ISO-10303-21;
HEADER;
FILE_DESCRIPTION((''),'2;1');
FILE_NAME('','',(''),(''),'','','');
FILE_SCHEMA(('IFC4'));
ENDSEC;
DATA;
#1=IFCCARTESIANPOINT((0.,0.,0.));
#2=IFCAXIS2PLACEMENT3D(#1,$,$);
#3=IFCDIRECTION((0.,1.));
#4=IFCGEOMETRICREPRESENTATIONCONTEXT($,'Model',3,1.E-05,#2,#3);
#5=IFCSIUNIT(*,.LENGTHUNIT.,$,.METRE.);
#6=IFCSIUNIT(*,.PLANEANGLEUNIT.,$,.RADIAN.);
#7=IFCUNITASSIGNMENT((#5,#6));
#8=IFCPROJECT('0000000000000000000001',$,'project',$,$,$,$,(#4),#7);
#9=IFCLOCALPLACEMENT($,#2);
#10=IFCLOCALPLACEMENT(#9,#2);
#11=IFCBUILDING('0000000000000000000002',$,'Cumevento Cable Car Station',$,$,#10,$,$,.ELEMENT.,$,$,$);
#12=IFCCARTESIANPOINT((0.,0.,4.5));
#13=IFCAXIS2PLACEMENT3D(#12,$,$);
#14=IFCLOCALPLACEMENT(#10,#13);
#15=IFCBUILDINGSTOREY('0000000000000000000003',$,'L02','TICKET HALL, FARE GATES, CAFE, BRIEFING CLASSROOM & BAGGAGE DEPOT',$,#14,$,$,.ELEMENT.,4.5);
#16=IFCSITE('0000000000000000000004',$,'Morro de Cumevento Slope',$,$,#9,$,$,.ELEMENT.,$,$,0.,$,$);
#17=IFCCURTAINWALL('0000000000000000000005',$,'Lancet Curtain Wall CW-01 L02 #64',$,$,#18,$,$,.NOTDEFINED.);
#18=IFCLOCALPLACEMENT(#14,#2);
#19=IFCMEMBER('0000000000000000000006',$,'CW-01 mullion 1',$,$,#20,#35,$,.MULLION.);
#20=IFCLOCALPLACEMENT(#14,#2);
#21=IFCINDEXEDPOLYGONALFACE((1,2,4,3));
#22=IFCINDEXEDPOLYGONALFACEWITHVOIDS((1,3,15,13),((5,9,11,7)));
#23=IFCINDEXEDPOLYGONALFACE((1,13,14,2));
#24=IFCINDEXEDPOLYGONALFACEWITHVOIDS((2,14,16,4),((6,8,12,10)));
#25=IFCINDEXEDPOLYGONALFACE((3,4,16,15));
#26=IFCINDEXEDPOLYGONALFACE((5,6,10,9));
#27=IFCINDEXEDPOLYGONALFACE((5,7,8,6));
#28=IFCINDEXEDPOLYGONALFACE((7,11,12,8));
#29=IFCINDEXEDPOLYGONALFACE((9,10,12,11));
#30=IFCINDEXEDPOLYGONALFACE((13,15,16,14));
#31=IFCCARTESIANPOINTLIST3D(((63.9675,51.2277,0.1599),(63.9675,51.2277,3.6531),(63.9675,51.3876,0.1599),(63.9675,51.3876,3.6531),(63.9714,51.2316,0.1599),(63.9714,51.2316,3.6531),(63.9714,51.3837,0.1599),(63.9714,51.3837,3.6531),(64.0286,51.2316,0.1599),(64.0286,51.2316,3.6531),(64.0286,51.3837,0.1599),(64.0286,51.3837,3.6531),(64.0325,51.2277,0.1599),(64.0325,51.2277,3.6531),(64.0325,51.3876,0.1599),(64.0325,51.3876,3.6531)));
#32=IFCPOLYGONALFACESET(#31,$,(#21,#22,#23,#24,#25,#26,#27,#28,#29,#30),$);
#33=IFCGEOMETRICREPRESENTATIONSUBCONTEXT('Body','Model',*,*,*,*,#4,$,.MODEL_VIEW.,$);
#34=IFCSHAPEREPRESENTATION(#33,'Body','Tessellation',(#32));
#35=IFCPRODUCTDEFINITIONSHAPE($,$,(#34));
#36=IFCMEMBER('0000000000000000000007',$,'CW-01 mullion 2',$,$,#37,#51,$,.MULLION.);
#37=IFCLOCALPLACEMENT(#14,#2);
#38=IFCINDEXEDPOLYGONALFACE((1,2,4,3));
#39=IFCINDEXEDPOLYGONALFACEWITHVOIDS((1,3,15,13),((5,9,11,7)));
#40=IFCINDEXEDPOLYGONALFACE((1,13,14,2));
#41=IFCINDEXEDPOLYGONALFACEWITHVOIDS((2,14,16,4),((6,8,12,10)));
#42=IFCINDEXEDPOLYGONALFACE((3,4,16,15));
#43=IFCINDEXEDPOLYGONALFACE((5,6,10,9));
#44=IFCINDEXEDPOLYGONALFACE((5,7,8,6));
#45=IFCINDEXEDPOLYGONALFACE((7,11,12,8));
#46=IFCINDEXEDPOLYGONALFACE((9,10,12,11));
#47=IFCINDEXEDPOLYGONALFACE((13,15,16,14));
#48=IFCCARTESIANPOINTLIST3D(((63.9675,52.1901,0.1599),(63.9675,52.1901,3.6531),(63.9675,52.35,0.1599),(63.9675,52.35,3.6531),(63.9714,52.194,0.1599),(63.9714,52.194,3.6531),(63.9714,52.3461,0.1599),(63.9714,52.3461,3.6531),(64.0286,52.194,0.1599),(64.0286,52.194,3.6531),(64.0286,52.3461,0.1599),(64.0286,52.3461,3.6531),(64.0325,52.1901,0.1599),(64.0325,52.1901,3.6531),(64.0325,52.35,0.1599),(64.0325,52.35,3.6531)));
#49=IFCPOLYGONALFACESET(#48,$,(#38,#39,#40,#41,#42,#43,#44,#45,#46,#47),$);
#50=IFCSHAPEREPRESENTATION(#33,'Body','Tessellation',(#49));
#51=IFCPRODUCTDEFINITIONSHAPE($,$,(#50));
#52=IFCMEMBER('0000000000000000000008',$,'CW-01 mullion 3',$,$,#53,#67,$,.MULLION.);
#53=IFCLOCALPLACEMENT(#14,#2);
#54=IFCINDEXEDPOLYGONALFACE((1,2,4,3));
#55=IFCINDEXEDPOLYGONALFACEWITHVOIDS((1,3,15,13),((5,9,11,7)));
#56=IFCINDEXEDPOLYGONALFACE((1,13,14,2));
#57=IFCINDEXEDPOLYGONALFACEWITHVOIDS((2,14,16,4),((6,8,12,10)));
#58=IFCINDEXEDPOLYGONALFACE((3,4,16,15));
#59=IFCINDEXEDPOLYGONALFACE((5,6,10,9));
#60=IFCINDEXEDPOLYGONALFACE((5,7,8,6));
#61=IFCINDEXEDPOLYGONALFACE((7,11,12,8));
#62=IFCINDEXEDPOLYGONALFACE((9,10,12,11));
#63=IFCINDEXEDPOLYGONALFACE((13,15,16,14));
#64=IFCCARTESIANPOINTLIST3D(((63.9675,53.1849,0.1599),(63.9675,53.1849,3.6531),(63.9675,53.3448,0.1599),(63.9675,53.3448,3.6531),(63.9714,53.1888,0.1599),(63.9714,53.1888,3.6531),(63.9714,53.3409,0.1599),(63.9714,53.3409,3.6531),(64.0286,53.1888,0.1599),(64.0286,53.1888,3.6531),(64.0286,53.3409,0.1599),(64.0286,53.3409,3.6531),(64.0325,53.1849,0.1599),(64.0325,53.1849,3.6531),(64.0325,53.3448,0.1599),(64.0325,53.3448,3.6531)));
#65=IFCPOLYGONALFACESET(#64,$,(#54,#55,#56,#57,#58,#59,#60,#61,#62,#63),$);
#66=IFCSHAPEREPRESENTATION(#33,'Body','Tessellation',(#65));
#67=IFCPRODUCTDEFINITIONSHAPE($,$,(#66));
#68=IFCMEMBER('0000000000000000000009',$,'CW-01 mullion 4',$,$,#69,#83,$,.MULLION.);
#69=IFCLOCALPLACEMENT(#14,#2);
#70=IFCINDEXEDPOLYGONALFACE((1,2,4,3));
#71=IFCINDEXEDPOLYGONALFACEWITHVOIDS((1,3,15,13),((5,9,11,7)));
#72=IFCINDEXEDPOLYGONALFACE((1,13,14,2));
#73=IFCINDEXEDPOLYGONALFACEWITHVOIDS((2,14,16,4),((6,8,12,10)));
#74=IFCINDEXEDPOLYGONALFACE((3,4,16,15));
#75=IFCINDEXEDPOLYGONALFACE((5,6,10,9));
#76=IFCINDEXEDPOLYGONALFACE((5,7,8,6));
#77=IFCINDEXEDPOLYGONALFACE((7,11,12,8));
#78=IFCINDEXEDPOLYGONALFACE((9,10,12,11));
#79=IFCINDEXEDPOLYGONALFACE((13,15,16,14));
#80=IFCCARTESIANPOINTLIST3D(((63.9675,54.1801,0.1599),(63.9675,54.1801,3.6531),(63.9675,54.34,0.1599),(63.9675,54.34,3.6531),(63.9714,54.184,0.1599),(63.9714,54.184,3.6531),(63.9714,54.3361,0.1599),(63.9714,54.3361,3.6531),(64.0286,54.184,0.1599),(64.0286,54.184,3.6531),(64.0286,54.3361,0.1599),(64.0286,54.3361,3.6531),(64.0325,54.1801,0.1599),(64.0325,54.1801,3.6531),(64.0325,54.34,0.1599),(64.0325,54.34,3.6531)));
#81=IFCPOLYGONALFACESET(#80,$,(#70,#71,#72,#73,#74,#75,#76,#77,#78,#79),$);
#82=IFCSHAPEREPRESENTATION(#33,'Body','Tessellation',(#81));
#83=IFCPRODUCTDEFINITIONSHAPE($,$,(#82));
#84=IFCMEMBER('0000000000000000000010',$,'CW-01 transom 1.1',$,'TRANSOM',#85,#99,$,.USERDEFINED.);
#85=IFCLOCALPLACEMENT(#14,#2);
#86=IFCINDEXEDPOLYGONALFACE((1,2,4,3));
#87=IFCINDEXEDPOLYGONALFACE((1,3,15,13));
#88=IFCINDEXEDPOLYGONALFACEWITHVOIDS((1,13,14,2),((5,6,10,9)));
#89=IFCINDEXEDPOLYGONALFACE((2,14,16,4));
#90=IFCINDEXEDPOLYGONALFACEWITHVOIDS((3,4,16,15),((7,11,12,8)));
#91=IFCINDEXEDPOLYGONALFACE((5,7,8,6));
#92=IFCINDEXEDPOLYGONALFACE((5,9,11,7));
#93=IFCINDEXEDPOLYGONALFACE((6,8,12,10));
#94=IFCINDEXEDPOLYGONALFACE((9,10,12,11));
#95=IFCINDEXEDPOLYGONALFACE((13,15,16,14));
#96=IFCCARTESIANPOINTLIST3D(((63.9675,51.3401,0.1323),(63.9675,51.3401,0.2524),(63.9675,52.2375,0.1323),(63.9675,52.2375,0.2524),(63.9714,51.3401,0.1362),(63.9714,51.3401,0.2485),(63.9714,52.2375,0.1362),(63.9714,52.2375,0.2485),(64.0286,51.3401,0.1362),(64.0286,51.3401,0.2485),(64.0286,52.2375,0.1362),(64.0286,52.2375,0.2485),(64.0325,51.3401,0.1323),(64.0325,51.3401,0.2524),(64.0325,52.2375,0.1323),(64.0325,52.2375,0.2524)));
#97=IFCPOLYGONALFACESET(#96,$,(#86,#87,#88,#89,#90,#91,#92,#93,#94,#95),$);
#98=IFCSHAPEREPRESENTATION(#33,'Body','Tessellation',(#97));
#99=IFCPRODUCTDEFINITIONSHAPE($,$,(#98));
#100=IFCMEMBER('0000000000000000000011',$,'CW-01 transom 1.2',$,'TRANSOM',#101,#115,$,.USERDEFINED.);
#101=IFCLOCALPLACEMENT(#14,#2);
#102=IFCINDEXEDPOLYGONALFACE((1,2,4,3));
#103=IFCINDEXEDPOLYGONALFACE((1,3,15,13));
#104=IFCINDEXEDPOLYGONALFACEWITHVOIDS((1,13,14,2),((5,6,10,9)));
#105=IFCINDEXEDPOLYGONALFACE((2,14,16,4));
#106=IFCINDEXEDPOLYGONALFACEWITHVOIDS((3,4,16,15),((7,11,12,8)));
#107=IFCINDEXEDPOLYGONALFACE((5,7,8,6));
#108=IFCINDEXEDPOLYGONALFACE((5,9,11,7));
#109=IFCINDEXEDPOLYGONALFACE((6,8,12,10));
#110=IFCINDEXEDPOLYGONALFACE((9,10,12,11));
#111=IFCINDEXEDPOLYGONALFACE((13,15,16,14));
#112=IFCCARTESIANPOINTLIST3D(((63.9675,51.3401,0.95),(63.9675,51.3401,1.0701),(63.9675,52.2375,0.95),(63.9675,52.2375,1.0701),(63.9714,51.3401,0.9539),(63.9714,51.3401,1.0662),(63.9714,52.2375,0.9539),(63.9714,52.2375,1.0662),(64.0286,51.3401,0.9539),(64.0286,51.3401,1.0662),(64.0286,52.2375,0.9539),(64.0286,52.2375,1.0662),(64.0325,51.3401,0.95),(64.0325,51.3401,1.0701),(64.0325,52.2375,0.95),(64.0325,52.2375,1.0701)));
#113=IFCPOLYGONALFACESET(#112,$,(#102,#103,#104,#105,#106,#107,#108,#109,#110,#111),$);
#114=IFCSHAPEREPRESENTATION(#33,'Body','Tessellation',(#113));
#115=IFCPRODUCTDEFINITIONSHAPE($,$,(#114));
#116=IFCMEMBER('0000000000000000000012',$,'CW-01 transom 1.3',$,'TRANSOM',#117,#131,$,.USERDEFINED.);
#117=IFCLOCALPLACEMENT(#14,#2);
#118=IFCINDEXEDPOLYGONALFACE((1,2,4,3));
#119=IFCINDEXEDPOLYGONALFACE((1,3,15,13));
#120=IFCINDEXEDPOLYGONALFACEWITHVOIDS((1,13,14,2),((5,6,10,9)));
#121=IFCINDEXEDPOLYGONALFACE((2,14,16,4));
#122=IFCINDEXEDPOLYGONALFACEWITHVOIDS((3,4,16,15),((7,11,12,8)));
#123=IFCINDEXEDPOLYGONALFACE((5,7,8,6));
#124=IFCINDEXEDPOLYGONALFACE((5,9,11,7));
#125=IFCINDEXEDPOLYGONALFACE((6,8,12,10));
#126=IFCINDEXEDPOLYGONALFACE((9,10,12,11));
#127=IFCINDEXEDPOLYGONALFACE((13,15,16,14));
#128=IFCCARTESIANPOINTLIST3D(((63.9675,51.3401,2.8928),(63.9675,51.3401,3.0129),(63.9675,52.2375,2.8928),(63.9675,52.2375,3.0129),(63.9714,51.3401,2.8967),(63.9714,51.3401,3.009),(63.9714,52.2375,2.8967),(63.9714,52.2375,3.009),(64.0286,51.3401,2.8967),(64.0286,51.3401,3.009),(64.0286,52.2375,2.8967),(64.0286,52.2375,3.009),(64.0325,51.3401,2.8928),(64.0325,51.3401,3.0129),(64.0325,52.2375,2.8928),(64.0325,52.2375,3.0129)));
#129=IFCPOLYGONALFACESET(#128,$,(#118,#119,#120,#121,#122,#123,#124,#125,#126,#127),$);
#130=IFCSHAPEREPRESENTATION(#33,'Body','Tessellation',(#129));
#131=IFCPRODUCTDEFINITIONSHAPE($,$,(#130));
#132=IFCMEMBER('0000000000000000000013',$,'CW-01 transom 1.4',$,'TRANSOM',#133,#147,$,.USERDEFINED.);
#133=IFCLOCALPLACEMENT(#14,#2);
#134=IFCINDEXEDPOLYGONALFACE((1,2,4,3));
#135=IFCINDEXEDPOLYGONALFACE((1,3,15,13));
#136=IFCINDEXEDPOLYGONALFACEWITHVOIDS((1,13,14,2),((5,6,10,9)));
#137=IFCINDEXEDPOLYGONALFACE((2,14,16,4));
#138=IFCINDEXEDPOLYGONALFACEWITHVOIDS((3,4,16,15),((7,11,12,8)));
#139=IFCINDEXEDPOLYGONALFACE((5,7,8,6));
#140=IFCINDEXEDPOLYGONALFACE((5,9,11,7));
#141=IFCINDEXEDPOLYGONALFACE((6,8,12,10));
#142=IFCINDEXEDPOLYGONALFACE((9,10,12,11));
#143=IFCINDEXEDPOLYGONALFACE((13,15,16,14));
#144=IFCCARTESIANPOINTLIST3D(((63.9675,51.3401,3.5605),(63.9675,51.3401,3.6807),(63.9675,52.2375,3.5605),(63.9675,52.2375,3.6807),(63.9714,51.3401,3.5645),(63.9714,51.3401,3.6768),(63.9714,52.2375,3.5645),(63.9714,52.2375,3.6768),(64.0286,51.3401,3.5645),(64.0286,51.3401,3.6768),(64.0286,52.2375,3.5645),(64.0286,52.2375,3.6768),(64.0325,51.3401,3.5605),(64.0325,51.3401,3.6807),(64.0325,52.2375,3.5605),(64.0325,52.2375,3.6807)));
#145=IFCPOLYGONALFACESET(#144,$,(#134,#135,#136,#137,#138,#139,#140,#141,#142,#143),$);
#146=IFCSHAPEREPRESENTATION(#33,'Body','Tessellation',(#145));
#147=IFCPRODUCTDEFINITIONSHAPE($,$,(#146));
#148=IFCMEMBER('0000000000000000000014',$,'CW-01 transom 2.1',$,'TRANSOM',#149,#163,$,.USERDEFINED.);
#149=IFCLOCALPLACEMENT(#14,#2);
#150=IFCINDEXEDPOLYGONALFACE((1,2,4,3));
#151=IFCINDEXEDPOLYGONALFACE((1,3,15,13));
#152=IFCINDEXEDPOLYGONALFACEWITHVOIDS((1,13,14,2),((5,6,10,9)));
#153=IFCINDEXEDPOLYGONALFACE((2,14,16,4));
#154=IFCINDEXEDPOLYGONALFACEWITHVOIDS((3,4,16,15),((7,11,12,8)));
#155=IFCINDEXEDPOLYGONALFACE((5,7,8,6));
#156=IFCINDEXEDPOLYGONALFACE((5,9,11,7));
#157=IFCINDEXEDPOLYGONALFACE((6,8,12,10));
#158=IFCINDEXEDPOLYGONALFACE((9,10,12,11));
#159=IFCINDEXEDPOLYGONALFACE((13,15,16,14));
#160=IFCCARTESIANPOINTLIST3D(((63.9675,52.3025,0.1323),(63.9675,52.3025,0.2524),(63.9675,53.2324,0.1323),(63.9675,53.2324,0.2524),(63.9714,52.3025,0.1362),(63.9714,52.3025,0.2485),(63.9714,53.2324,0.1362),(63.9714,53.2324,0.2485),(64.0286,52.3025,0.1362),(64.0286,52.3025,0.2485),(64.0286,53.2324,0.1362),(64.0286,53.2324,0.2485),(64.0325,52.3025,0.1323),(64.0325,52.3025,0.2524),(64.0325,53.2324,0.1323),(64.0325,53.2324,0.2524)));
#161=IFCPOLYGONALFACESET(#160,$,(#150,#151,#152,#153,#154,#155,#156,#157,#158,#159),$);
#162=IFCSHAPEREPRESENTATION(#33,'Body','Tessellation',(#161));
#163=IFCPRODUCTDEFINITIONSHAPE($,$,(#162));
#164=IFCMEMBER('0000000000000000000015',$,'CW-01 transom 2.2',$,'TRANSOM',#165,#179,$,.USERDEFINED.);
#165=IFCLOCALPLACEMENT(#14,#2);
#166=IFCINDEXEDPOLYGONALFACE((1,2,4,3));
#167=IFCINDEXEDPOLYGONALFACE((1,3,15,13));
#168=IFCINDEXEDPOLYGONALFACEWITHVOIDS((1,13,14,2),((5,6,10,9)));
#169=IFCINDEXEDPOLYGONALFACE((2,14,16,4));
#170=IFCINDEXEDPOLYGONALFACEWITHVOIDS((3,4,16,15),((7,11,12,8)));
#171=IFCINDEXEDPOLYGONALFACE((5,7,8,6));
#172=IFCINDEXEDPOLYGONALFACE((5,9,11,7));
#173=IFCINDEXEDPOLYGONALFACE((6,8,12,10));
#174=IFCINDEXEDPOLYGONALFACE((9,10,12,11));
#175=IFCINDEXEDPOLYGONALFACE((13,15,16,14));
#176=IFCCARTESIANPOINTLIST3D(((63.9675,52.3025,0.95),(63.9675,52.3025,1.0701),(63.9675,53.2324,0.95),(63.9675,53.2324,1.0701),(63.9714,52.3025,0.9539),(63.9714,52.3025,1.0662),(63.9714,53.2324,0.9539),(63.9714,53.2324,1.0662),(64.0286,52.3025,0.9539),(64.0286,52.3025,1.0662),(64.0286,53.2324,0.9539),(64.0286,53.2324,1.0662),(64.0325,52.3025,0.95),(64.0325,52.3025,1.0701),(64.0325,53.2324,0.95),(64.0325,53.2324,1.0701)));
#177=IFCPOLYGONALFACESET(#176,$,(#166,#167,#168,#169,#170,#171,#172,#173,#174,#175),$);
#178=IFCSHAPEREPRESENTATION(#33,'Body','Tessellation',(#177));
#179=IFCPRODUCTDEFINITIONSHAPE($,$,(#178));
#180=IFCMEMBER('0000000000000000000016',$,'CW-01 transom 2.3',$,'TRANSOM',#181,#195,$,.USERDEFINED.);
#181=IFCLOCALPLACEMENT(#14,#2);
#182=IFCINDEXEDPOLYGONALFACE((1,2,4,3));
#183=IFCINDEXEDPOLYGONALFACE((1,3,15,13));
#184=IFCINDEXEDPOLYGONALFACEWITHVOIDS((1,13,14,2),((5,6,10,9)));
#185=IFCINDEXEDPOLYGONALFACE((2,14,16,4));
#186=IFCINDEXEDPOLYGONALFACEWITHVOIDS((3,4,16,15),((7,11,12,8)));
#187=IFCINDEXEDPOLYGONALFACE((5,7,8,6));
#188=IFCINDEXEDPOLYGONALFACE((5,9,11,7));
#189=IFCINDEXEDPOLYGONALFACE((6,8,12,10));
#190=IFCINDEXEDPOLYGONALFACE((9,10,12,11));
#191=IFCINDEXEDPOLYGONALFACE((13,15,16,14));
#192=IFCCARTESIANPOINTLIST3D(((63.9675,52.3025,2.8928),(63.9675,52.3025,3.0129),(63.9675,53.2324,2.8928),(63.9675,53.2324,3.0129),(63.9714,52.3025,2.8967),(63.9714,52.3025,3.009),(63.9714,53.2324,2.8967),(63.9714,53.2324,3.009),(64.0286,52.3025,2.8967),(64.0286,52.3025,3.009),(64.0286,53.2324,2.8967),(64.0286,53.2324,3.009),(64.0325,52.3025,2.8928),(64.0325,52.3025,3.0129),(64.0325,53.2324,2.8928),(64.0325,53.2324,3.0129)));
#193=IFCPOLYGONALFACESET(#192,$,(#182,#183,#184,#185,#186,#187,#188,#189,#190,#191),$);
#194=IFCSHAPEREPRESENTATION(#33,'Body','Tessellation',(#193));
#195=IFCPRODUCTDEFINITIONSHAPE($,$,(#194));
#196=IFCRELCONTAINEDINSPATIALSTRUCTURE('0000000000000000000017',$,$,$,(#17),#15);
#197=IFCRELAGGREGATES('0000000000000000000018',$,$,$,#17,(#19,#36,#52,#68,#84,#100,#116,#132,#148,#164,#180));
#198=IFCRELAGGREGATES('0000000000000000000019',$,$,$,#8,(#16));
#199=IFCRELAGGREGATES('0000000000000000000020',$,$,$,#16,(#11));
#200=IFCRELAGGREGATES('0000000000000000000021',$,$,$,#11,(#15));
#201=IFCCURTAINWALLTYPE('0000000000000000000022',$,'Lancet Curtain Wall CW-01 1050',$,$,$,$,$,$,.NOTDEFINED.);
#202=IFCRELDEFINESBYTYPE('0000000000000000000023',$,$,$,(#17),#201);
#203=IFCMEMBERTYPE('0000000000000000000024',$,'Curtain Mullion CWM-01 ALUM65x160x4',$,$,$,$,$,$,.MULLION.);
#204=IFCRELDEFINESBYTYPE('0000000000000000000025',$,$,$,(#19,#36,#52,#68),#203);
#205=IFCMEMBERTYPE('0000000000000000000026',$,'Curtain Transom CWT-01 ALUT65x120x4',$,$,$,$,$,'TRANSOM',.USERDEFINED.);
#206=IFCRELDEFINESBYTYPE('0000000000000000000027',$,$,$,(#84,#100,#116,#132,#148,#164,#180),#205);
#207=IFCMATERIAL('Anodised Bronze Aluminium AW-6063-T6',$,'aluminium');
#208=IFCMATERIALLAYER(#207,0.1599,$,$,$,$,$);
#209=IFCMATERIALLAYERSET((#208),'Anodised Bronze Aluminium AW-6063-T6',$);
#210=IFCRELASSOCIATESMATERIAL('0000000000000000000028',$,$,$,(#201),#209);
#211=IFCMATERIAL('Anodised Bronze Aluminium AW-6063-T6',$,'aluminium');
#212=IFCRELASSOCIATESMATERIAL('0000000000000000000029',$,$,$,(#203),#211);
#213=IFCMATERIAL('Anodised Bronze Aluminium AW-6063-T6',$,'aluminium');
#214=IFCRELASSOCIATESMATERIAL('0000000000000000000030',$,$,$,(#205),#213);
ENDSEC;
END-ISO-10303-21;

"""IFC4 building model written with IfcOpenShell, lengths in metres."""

from ifc_helpers import new_model, si_unit, direction, frame, origin, origin_2d, place, context, subcontext, project, spatial, hollow_rectangle, extrude, material, layer, layer_set, material_profile, profile_set, type_object, element, aggregate, save


model = new_model("IFC4")

# Units and contexts
model_context = context("Model", 3, precision=1e-05, world=origin(), true_north=direction((0.0, 1.0)))
body_context = subcontext(model_context, "Body", "Model", "MODEL_VIEW")
ifc_project = project(units=[si_unit("LENGTHUNIT", "METRE"), si_unit("PLANEANGLEUNIT", "RADIAN")], contexts=[model_context])

# Site, building, storey
site_placement = place(None, origin())
site = spatial("IfcSite", under=ifc_project, at=site_placement, Name="Morro de Cumevento Slope", CompositionType="ELEMENT", RefElevation=0.0)
building_placement = place(site_placement, origin())
building = spatial("IfcBuilding", under=site, at=building_placement, Name="Cumevento Cable Car Station", CompositionType="ELEMENT")
storey_placement = place(building_placement, frame((0.0, 0.0, 4.5)))
storey = spatial("IfcBuildingStorey", under=building, at=storey_placement, Name="L02", Description="TICKET HALL, FARE GATES, CAFE, BRIEFING CLASSROOM & BAGGAGE DEPOT", CompositionType="ELEMENT", Elevation=4.5)

# Curtain wall, members
ifc_material_1 = material(Name="Anodised Bronze Aluminium AW-6063-T6", Category="aluminium")
ifc_layer_1 = layer(ifc_material_1, 0.1599)
ifc_layer_set_1 = layer_set([ifc_layer_1], Name="Anodised Bronze Aluminium AW-6063-T6")
curtain_wall_type = type_object("IfcCurtainWallType", Name="Lancet Curtain Wall CW-01 1050", PredefinedType="NOTDEFINED", material=ifc_layer_set_1)
curtain_wall_placement = place(storey_placement, origin())
curtain_wall = element("IfcCurtainWall", 1, at=curtain_wall_placement, inside=storey, type_object=curtain_wall_type, Name="Lancet Curtain Wall CW-01 L02 #64", PredefinedType="NOTDEFINED")
ifc_material_2 = material(Name="Anodised Bronze Aluminium AW-6063-T6", Category="aluminium")
ifc_material_profile_1 = material_profile(ifc_material_2, hollow_rectangle(XDim=0.0649, YDim=0.1599, WallThickness=0.0039, at=origin_2d()), Name="ALUM65x160x4")
ifc_profile_set_1 = profile_set([ifc_material_profile_1], Name="Anodised Bronze Aluminium AW-6063-T6")
member_type_1 = type_object("IfcMemberType", Name="Curtain Mullion CWM-01 ALUM65x160x4", PredefinedType="MULLION", material=ifc_profile_set_1)
member_1_placement = place(storey_placement, frame((64.0, 51.3076, 0.1599), z_axis=(0.0, 0.0, 1.0), x_axis=(-1.0, 0.0, 0.0)))
member_1 = element("IfcMember", 2, at=member_1_placement, type_object=member_type_1, Name="CW-01 mullion 1", PredefinedType="MULLION", context=body_context, shape_type="SweptSolid", body=[
    extrude(hollow_rectangle(XDim=0.0649, YDim=0.1599, WallThickness=0.0039, at=origin_2d()), origin(), (0.0, 0.0, 1.0), 3.4932),
])
member_2_placement = place(storey_placement, frame((64.0, 52.27, 0.1599), z_axis=(0.0, 0.0, 1.0), x_axis=(-1.0, 0.0, 0.0)))
member_2 = element("IfcMember", 3, at=member_2_placement, type_object=member_type_1, Name="CW-01 mullion 2", PredefinedType="MULLION", context=body_context, shape_type="SweptSolid", body=[
    extrude(hollow_rectangle(XDim=0.0649, YDim=0.1599, WallThickness=0.0039, at=origin_2d()), origin(), (0.0, 0.0, 1.0), 3.4932),
])
member_3_placement = place(storey_placement, frame((64.0, 53.2649, 0.1599), z_axis=(0.0, 0.0, 1.0), x_axis=(-1.0, 0.0, 0.0)))
member_3 = element("IfcMember", 4, at=member_3_placement, type_object=member_type_1, Name="CW-01 mullion 3", PredefinedType="MULLION", context=body_context, shape_type="SweptSolid", body=[
    extrude(hollow_rectangle(XDim=0.0649, YDim=0.1599, WallThickness=0.0039, at=origin_2d()), origin(), (0.0, 0.0, 1.0), 3.4932),
])
member_4_placement = place(storey_placement, frame((64.0, 54.26, 0.1599), z_axis=(0.0, 0.0, 1.0), x_axis=(-1.0, 0.0, 0.0)))
member_4 = element("IfcMember", 5, at=member_4_placement, type_object=member_type_1, Name="CW-01 mullion 4", PredefinedType="MULLION", context=body_context, shape_type="SweptSolid", body=[
    extrude(hollow_rectangle(XDim=0.0649, YDim=0.1599, WallThickness=0.0039, at=origin_2d()), origin(), (0.0, 0.0, 1.0), 3.4932),
])
ifc_material_3 = material(Name="Anodised Bronze Aluminium AW-6063-T6", Category="aluminium")
ifc_material_profile_2 = material_profile(ifc_material_3, hollow_rectangle(XDim=0.0649, YDim=0.1201, WallThickness=0.0039, at=origin_2d()), Name="ALUT65x120x4")
ifc_profile_set_2 = profile_set([ifc_material_profile_2], Name="Anodised Bronze Aluminium AW-6063-T6")
member_type_2 = type_object("IfcMemberType", Name="Curtain Transom CWT-01 ALUT65x120x4", ElementType="TRANSOM", PredefinedType="USERDEFINED", material=ifc_profile_set_2)
member_5_placement = place(storey_placement, frame((64.0, 51.3401, 0.1924), z_axis=(0.0, 1.0, 0.0), x_axis=(-1.0, 0.0, 0.0)))
member_5 = element("IfcMember", 6, at=member_5_placement, type_object=member_type_2, Name="CW-01 transom 1.1", ObjectType="TRANSOM", PredefinedType="USERDEFINED", context=body_context, shape_type="SweptSolid", body=[
    extrude(hollow_rectangle(XDim=0.0649, YDim=0.1201, WallThickness=0.0039, at=origin_2d()), origin(), (0.0, 0.0, 1.0), 0.8975),
])
member_6_placement = place(storey_placement, frame((64.0, 51.3401, 1.01), z_axis=(0.0, 1.0, 0.0), x_axis=(-1.0, 0.0, 0.0)))
member_6 = element("IfcMember", 7, at=member_6_placement, type_object=member_type_2, Name="CW-01 transom 1.2", ObjectType="TRANSOM", PredefinedType="USERDEFINED", context=body_context, shape_type="SweptSolid", body=[
    extrude(hollow_rectangle(XDim=0.0649, YDim=0.1201, WallThickness=0.0039, at=origin_2d()), origin(), (0.0, 0.0, 1.0), 0.8975),
])
member_7_placement = place(storey_placement, frame((64.0, 51.3401, 2.9529), z_axis=(0.0, 1.0, 0.0), x_axis=(-1.0, 0.0, 0.0)))
member_7 = element("IfcMember", 8, at=member_7_placement, type_object=member_type_2, Name="CW-01 transom 1.3", ObjectType="TRANSOM", PredefinedType="USERDEFINED", context=body_context, shape_type="SweptSolid", body=[
    extrude(hollow_rectangle(XDim=0.0649, YDim=0.1201, WallThickness=0.0039, at=origin_2d()), origin(), (0.0, 0.0, 1.0), 0.8975),
])
member_8_placement = place(storey_placement, frame((64.0, 51.3401, 3.6206), z_axis=(0.0, 1.0, 0.0), x_axis=(-1.0, 0.0, 0.0)))
member_8 = element("IfcMember", 9, at=member_8_placement, type_object=member_type_2, Name="CW-01 transom 1.4", ObjectType="TRANSOM", PredefinedType="USERDEFINED", context=body_context, shape_type="SweptSolid", body=[
    extrude(hollow_rectangle(XDim=0.0649, YDim=0.1201, WallThickness=0.0039, at=origin_2d()), origin(), (0.0, 0.0, 1.0), 0.8975),
])
member_9_placement = place(storey_placement, frame((64.0, 52.3025, 0.1924), z_axis=(0.0, 1.0, 0.0), x_axis=(-1.0, 0.0, 0.0)))
member_9 = element("IfcMember", 10, at=member_9_placement, type_object=member_type_2, Name="CW-01 transom 2.1", ObjectType="TRANSOM", PredefinedType="USERDEFINED", context=body_context, shape_type="SweptSolid", body=[
    extrude(hollow_rectangle(XDim=0.0649, YDim=0.1201, WallThickness=0.0039, at=origin_2d()), origin(), (0.0, 0.0, 1.0), 0.9299),
])
member_10_placement = place(storey_placement, frame((64.0, 52.3025, 1.01), z_axis=(0.0, 1.0, 0.0), x_axis=(-1.0, 0.0, 0.0)))
member_10 = element("IfcMember", 11, at=member_10_placement, type_object=member_type_2, Name="CW-01 transom 2.2", ObjectType="TRANSOM", PredefinedType="USERDEFINED", context=body_context, shape_type="SweptSolid", body=[
    extrude(hollow_rectangle(XDim=0.0649, YDim=0.1201, WallThickness=0.0039, at=origin_2d()), origin(), (0.0, 0.0, 1.0), 0.9299),
])
member_11_placement = place(storey_placement, frame((64.0, 52.3025, 2.9529), z_axis=(0.0, 1.0, 0.0), x_axis=(-1.0, 0.0, 0.0)))
member_11 = element("IfcMember", 12, at=member_11_placement, type_object=member_type_2, Name="CW-01 transom 2.3", ObjectType="TRANSOM", PredefinedType="USERDEFINED", context=body_context, shape_type="SweptSolid", body=[
    extrude(hollow_rectangle(XDim=0.0649, YDim=0.1201, WallThickness=0.0039, at=origin_2d()), origin(), (0.0, 0.0, 1.0), 0.9299),
])
aggregate(curtain_wall, [member_1, member_2, member_3, member_4, member_5, member_6, member_7, member_8, member_9, member_10, member_11])

save(model, "model.ifc")
